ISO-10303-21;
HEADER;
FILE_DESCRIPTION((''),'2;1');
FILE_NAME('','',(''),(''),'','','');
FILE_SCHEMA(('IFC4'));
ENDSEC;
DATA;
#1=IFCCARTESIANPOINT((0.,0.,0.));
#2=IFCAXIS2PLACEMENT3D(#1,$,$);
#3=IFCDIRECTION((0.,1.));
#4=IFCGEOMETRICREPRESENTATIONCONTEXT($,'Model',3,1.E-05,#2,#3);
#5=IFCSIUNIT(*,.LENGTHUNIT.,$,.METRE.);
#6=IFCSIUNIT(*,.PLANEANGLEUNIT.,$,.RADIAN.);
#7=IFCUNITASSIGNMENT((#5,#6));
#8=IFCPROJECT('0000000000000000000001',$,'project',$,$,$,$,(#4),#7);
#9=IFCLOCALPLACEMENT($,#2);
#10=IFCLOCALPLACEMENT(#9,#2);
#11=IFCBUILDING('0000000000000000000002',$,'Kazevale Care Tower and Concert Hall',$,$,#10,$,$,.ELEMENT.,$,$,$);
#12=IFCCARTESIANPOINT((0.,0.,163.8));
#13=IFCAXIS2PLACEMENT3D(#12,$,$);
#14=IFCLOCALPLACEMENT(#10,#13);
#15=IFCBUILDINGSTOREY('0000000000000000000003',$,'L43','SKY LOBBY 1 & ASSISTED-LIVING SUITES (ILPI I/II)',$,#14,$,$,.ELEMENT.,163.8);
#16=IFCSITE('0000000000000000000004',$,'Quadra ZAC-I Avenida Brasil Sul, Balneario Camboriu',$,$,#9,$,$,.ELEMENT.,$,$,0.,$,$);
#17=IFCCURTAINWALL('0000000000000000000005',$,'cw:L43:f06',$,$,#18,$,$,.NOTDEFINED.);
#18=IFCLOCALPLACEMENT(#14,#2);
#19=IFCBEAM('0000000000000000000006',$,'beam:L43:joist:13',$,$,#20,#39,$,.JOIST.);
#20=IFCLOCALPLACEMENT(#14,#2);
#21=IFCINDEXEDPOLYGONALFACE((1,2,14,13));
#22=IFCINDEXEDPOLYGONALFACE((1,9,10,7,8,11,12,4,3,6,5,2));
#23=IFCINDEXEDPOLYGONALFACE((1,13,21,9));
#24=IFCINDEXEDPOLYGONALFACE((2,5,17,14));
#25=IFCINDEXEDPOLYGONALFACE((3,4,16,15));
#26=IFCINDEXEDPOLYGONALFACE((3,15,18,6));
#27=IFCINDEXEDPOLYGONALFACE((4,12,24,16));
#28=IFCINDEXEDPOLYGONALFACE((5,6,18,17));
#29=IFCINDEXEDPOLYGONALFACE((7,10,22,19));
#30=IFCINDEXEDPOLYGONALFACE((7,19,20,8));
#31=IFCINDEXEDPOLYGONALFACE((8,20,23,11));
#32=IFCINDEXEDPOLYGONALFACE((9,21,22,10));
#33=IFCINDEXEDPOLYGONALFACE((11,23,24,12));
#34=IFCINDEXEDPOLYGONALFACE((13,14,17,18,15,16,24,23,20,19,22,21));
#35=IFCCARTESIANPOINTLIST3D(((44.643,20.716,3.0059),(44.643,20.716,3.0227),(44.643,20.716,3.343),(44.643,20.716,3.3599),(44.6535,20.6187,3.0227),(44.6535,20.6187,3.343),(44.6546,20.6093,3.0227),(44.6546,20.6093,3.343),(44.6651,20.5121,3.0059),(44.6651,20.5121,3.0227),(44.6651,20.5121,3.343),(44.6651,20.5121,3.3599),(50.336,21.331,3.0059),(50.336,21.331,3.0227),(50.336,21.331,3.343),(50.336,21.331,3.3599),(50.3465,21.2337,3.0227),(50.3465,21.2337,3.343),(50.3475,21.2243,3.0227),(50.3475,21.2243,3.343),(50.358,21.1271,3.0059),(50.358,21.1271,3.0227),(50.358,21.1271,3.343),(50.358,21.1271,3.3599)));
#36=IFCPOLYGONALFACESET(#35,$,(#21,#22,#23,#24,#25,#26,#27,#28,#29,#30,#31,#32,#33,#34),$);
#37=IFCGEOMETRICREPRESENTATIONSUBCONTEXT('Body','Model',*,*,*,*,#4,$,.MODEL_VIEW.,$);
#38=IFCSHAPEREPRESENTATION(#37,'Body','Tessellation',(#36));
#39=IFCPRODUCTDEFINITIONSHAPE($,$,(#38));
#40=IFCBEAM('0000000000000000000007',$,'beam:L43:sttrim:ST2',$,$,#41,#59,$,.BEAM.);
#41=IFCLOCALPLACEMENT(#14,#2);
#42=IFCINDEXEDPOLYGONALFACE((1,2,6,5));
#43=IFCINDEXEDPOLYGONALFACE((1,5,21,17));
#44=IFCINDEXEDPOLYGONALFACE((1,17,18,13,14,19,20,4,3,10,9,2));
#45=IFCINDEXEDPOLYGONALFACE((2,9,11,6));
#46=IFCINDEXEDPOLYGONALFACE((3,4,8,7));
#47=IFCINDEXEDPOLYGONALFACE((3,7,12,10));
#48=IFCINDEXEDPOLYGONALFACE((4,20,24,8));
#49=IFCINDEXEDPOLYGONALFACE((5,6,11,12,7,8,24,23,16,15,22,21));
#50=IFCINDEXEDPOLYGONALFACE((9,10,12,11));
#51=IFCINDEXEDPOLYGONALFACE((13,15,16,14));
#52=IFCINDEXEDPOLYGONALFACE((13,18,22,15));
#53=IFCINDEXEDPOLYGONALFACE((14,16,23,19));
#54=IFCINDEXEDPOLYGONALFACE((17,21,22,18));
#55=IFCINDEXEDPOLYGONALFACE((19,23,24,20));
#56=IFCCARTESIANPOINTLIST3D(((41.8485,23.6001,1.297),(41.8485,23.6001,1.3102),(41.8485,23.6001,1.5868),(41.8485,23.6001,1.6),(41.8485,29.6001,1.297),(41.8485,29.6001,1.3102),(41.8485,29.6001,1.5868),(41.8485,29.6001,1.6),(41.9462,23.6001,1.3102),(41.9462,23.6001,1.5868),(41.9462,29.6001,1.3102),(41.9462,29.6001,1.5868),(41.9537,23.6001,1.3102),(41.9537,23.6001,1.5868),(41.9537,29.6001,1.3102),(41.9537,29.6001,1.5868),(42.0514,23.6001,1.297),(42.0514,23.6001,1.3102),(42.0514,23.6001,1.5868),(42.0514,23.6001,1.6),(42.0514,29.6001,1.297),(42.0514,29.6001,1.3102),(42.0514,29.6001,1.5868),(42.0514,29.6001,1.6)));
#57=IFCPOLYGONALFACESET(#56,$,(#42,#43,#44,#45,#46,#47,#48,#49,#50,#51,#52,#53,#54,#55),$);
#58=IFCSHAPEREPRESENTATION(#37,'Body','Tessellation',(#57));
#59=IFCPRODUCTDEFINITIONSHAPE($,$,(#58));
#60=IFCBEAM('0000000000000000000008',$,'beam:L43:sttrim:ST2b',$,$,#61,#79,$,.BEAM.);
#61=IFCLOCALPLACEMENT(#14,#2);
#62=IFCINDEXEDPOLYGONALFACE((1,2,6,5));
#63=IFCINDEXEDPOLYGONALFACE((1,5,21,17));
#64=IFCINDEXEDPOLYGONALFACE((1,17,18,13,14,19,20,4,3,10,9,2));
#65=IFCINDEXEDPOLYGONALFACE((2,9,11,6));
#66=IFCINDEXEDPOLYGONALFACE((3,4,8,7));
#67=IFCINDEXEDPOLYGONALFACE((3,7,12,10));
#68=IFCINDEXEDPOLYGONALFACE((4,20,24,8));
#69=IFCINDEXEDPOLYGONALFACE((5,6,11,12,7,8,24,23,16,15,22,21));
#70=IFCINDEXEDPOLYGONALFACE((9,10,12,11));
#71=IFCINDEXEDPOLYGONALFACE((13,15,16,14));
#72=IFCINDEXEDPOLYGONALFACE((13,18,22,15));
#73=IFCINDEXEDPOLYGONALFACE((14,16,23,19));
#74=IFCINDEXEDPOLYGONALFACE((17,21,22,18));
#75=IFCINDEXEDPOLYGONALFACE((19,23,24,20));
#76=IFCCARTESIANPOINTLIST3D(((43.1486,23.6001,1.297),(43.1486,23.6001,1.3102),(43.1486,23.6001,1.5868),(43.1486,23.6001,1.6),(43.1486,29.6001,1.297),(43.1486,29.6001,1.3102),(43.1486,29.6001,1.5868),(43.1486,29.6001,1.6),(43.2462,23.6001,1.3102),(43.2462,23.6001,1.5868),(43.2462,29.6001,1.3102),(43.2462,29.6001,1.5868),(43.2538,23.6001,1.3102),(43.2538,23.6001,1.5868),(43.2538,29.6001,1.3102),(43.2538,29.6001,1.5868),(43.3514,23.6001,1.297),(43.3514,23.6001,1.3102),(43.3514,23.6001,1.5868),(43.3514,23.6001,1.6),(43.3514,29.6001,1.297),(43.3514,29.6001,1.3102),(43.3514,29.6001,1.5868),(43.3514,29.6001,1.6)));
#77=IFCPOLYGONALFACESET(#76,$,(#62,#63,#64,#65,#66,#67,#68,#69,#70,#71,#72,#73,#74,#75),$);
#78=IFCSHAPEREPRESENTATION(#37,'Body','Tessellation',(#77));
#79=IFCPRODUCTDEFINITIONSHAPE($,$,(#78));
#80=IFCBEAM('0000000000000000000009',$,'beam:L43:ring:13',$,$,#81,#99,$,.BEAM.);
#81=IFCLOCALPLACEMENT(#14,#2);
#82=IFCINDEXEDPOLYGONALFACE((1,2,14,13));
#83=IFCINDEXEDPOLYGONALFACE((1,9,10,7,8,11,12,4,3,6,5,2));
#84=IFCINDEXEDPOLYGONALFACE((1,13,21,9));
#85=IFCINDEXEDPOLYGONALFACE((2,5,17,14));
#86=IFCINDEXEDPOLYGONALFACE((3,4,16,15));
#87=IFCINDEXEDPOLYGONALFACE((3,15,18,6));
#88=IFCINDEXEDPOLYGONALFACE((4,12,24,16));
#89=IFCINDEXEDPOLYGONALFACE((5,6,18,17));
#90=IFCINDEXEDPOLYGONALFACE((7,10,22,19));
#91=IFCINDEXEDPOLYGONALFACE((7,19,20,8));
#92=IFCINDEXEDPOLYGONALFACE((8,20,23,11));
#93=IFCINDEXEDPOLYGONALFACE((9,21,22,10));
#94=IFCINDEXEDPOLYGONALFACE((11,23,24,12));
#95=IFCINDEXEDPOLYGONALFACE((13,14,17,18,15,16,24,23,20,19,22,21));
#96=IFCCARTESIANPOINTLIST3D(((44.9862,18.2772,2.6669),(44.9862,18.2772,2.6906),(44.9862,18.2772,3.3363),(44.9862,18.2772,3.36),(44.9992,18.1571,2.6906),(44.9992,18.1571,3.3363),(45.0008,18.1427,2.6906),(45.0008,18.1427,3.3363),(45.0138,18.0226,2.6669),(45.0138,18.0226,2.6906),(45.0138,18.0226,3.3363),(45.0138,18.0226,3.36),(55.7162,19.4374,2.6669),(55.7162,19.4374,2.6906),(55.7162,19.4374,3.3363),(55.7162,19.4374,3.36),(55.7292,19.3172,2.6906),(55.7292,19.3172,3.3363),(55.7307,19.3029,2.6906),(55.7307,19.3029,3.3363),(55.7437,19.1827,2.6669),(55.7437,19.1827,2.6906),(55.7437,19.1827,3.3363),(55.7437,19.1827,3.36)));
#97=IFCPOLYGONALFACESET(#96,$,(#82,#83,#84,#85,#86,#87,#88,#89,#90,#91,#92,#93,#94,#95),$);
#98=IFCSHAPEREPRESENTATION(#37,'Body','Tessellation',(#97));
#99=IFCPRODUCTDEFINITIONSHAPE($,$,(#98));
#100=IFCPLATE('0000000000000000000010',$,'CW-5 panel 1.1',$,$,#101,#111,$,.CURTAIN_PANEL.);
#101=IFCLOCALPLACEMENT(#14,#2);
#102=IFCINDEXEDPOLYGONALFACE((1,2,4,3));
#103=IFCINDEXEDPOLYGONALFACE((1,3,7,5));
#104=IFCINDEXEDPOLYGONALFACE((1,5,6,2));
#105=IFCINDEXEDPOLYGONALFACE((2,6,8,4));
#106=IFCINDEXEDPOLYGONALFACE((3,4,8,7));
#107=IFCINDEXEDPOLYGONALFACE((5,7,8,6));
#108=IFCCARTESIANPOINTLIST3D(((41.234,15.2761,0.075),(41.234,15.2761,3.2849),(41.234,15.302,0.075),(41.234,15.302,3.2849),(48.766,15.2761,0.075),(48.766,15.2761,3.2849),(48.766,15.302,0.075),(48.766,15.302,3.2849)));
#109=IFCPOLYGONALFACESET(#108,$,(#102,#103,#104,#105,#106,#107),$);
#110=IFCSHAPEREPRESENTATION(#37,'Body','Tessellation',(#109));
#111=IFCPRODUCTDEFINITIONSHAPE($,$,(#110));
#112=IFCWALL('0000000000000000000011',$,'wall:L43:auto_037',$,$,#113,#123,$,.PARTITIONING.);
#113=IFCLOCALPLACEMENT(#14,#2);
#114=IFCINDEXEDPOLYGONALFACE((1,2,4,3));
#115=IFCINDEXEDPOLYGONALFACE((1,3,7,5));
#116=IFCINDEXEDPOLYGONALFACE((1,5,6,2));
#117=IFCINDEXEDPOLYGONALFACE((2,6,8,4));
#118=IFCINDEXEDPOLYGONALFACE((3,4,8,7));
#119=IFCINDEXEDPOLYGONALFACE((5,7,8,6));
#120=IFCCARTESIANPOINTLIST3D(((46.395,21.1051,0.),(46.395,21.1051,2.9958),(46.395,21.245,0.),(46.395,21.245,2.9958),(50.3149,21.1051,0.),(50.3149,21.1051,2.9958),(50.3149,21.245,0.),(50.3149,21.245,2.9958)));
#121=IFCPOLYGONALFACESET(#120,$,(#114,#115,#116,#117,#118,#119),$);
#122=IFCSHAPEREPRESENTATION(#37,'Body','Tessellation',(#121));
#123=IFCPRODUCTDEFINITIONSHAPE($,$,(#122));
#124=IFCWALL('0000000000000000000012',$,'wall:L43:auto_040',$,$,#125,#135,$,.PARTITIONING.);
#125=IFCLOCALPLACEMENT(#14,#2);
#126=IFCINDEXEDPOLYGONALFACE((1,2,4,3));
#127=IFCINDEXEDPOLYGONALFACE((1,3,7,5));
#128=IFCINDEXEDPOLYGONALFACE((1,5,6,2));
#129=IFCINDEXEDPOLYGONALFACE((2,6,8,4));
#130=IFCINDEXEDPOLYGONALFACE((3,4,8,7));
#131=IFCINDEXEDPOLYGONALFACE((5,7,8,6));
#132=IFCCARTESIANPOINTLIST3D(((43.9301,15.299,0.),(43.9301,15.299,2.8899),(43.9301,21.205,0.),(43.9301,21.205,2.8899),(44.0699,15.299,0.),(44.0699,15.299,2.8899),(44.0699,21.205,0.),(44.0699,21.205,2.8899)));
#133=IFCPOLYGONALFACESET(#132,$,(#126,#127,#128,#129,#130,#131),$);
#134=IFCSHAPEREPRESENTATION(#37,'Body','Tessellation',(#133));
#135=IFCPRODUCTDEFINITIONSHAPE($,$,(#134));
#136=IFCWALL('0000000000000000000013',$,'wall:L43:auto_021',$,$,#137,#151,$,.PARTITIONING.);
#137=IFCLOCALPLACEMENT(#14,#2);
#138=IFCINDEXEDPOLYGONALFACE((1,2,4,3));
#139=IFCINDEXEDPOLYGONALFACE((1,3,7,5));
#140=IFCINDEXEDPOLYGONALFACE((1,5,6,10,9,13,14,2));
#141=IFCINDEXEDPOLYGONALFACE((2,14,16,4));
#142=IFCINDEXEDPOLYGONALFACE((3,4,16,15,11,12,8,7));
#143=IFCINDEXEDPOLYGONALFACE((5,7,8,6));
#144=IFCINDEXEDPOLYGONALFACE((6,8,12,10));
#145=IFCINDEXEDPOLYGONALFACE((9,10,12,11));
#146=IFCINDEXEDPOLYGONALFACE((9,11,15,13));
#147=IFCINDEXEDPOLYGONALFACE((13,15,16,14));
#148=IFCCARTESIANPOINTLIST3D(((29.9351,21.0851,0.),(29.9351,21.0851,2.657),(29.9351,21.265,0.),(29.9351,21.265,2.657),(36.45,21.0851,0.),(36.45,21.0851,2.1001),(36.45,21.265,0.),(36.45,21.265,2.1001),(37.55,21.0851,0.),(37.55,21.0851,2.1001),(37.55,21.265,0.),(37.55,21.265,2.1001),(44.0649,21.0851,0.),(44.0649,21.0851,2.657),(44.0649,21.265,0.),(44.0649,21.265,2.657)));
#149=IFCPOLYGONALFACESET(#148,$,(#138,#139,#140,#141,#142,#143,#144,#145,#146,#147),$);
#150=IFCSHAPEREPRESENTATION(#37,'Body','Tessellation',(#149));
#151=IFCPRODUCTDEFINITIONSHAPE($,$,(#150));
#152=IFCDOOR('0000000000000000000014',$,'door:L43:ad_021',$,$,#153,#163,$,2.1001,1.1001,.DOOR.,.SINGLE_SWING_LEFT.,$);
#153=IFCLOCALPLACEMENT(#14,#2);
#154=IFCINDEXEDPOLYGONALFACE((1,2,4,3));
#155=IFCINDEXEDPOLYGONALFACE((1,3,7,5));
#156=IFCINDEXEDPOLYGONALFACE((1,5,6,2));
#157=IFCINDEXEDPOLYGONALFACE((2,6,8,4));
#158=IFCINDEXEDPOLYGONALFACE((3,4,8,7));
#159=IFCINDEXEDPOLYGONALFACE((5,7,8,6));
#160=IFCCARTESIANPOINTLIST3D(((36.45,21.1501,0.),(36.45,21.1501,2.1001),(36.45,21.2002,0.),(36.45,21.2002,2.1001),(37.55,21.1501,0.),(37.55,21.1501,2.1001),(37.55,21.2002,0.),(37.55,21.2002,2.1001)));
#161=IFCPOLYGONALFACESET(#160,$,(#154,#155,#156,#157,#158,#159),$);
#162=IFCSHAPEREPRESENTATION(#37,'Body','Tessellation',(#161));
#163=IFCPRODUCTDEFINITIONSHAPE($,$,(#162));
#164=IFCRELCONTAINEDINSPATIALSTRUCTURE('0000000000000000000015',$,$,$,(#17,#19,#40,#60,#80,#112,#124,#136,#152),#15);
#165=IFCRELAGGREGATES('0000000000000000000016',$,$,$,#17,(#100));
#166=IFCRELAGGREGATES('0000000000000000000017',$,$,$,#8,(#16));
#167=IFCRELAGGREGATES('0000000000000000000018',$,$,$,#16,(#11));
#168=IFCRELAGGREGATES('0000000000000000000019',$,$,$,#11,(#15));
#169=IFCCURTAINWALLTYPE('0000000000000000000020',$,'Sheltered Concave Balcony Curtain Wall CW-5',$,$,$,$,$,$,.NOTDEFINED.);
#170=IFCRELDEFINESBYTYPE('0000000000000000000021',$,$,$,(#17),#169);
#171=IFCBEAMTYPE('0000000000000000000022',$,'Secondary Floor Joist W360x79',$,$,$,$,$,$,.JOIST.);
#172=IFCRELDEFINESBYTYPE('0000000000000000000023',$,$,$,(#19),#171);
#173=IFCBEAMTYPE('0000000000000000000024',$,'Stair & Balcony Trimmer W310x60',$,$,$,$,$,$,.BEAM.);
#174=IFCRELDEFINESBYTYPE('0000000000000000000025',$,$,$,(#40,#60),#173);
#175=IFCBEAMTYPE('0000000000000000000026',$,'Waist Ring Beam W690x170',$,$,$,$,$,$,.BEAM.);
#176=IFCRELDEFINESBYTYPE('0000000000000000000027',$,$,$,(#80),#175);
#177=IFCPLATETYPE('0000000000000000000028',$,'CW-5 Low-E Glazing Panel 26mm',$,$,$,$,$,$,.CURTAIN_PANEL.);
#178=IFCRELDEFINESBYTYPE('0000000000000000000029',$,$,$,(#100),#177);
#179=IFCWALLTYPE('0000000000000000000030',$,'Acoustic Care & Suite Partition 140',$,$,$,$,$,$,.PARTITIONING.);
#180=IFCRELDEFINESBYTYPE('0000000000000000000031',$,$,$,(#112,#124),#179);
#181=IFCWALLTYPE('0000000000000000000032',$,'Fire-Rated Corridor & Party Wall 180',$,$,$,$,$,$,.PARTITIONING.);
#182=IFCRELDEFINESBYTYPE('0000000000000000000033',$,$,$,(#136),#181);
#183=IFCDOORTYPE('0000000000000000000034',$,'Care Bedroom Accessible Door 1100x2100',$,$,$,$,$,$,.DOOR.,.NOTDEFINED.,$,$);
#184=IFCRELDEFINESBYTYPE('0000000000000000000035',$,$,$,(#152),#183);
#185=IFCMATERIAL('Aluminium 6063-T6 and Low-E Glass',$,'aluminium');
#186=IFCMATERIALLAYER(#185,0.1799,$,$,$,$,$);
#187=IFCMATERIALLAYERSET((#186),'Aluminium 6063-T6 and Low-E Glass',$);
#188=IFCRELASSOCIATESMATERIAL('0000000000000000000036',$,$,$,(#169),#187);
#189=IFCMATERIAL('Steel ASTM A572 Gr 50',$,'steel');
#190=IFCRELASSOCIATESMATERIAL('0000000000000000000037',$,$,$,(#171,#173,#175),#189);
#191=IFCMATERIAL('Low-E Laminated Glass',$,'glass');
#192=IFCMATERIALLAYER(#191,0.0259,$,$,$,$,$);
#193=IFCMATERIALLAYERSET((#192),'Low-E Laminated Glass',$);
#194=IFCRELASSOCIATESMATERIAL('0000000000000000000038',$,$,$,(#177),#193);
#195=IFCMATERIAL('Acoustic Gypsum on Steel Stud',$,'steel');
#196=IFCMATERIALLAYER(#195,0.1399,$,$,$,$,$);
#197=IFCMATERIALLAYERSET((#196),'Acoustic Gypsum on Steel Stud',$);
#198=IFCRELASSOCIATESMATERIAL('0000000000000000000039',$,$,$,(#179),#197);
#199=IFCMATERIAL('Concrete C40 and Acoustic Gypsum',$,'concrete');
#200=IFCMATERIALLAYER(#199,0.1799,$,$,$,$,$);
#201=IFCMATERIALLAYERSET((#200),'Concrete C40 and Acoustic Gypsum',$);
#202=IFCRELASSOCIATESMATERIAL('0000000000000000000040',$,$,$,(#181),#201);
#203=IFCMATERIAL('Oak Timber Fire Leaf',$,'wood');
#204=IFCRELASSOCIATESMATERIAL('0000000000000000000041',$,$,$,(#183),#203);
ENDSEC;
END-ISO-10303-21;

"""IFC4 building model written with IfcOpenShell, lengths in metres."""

from ifc_helpers import new_model, si_unit, direction, frame, frame_2d, origin, origin_2d, place, context, subcontext, project, spatial, rectangle, i_section, extrude, material, layer, layer_set, material_profile, profile_set, type_object, element, fill, aggregate, save


model = new_model("IFC4")

# Units and contexts
model_context = context("Model", 3, precision=1e-05, world=origin(), true_north=direction((0.0, 1.0)))
body_context = subcontext(model_context, "Body", "Model", "MODEL_VIEW")
ifc_project = project(units=[si_unit("LENGTHUNIT", "METRE"), si_unit("PLANEANGLEUNIT", "RADIAN")], contexts=[model_context])

# Site, building, storey
site_placement = place(None, origin())
site = spatial("IfcSite", under=ifc_project, at=site_placement, Name="Quadra ZAC-I Avenida Brasil Sul, Balneario Camboriu", CompositionType="ELEMENT", RefElevation=0.0)
building_placement = place(site_placement, origin())
building = spatial("IfcBuilding", under=site, at=building_placement, Name="Kazevale Care Tower and Concert Hall", CompositionType="ELEMENT")
storey_placement = place(building_placement, frame((0.0, 0.0, 163.8)))
storey = spatial("IfcBuildingStorey", under=building, at=storey_placement, Name="L43", Description="SKY LOBBY 1 & ASSISTED-LIVING SUITES (ILPI I/II)", CompositionType="ELEMENT", Elevation=163.8)

# Curtain wall
ifc_material_1 = material(Name="Aluminium 6063-T6 and Low-E Glass", Category="aluminium")
ifc_layer_1 = layer(ifc_material_1, 0.1799)
ifc_layer_set_1 = layer_set([ifc_layer_1], Name="Aluminium 6063-T6 and Low-E Glass")
curtain_wall_type = type_object("IfcCurtainWallType", Name="Sheltered Concave Balcony Curtain Wall CW-5", PredefinedType="NOTDEFINED", material=ifc_layer_set_1)
curtain_wall_1_placement = place(storey_placement, origin())
curtain_wall_1 = element("IfcCurtainWall", 1, at=curtain_wall_1_placement, inside=storey, type_object=curtain_wall_type, Name="cw:L43:f06", PredefinedType="NOTDEFINED")

# Beams
ifc_material_2 = material(Name="Steel ASTM A572 Gr 50", Category="steel")
ifc_material_profile_1 = material_profile(ifc_material_2, i_section(OverallWidth=0.2051, OverallDepth=0.354, WebThickness=0.0095, FlangeThickness=0.0168, at=origin_2d()), Name="W360x79")
ifc_profile_set_1 = profile_set([ifc_material_profile_1], Name="Steel ASTM A572 Gr 50")
beam_type_1 = type_object("IfcBeamType", Name="Secondary Floor Joist W360x79", PredefinedType="JOIST", material=ifc_profile_set_1)
beam_1_placement = place(storey_placement, frame((44.6541, 20.614, 3.1829), z_axis=(0.994216, 0.107403, 0.0), x_axis=(-0.107403, 0.994216, 0.0)))
element("IfcBeam", 2, at=beam_1_placement, inside=storey, type_object=beam_type_1, Name="beam:L43:joist:13", PredefinedType="JOIST", context=body_context, shape_type="SweptSolid", body=[
    extrude(i_section(OverallWidth=0.2051, OverallDepth=0.354, WebThickness=0.0095, FlangeThickness=0.0168, at=origin_2d()), origin(), (0.0, 0.0, 1.0), 5.7261),
])
ifc_material_profile_2 = material_profile(ifc_material_2, i_section(OverallWidth=0.2029, OverallDepth=0.303, WebThickness=0.0076, FlangeThickness=0.0132, at=origin_2d()), Name="W310x60")
ifc_profile_set_2 = profile_set([ifc_material_profile_2], Name="Steel ASTM A572 Gr 50")
beam_type_2 = type_object("IfcBeamType", Name="Stair & Balcony Trimmer W310x60", PredefinedType="BEAM", material=ifc_profile_set_2)
for number, where, z_axis, x_axis, name in (
    (3, (41.95, 23.6001, 1.4485), (0.0, 1.0, 0.0), (-1.0, 0.0, 0.0), "beam:L43:sttrim:ST2"),
    (4, (43.25, 23.6001, 1.4485), (0.0, 1.0, 0.0), (-1.0, 0.0, 0.0), "beam:L43:sttrim:ST2b"),
):
    element("IfcBeam", number, at=place(storey_placement, frame(where, z_axis=z_axis, x_axis=x_axis)), inside=storey, type_object=beam_type_2, Name=name, PredefinedType="BEAM", context=body_context, shape_type="SweptSolid", body=[
        extrude(i_section(OverallWidth=0.2029, OverallDepth=0.303, WebThickness=0.0076, FlangeThickness=0.0132, at=origin_2d()), origin(), (0.0, 0.0, 1.0), 6.0),
    ])
ifc_material_profile_3 = material_profile(ifc_material_2, i_section(OverallWidth=0.2561, OverallDepth=0.6931, WebThickness=0.0144, FlangeThickness=0.0237, at=origin_2d()), Name="W690x170")
ifc_profile_set_3 = profile_set([ifc_material_profile_3], Name="Steel ASTM A572 Gr 50")
beam_type_3 = type_object("IfcBeamType", Name="Waist Ring Beam W690x170", PredefinedType="BEAM", material=ifc_profile_set_3)
beam_2_placement = place(storey_placement, frame((45.0, 18.1499, 3.0134), z_axis=(0.994205, 0.107496, 0.0), x_axis=(-0.107496, 0.994205, 0.0)))
element("IfcBeam", 5, at=beam_2_placement, inside=storey, type_object=beam_type_3, Name="beam:L43:ring:13", PredefinedType="BEAM", context=body_context, shape_type="SweptSolid", body=[
    extrude(i_section(OverallWidth=0.2561, OverallDepth=0.6931, WebThickness=0.0144, FlangeThickness=0.0237, at=origin_2d()), origin(), (0.0, 0.0, 1.0), 10.7925),
])

# Plate
ifc_material_3 = material(Name="Low-E Laminated Glass", Category="glass")
ifc_layer_2 = layer(ifc_material_3, 0.0259)
ifc_layer_set_2 = layer_set([ifc_layer_2], Name="Low-E Laminated Glass")
plate_type = type_object("IfcPlateType", Name="CW-5 Low-E Glazing Panel 26mm", PredefinedType="CURTAIN_PANEL", material=ifc_layer_set_2)
plate_placement = place(storey_placement, frame((45.0, 15.2891, 0.075), z_axis=(0.0, 0.0, 1.0), x_axis=(-1.0, 0.0, 0.0)))
plate = element("IfcPlate", 6, at=plate_placement, type_object=plate_type, Name="CW-5 panel 1.1", PredefinedType="CURTAIN_PANEL", context=body_context, shape_type="SweptSolid", body=[
    extrude(rectangle(XDim=7.532, YDim=0.0259, at=origin_2d()), origin(), (0.0, 0.0, 1.0), 3.21),
])
aggregate(curtain_wall_1, [plate])

# Walls
ifc_material_4 = material(Name="Acoustic Gypsum on Steel Stud", Category="steel")
ifc_layer_3 = layer(ifc_material_4, 0.1399)
ifc_layer_set_3 = layer_set([ifc_layer_3], Name="Acoustic Gypsum on Steel Stud")
wall_type_1 = type_object("IfcWallType", Name="Acoustic Care & Suite Partition 140", PredefinedType="PARTITIONING", material=ifc_layer_set_3)
wall_1_placement = place(storey_placement, frame((50.3149, 21.175, 0.0), z_axis=(0.0, 0.0, 1.0), x_axis=(-1.0, 0.0, 0.0)))
element("IfcWall", 7, at=wall_1_placement, inside=storey, type_object=wall_type_1, Name="wall:L43:auto_037", PredefinedType="PARTITIONING", context=body_context, shape_type="SweptSolid", body=[
    extrude(rectangle(XDim=3.9199, YDim=0.1399, at=frame_2d((1.96, 0.0))), origin(), (0.0, 0.0, 1.0), 2.9958),
])
wall_2_placement = place(storey_placement, frame((44.0, 21.2051, 0.0), z_axis=(0.0, 0.0, 1.0), x_axis=(0.0, -1.0, 0.0)))
element("IfcWall", 8, at=wall_2_placement, inside=storey, type_object=wall_type_1, Name="wall:L43:auto_040", PredefinedType="PARTITIONING", context=body_context, shape_type="SweptSolid", body=[
    extrude(rectangle(XDim=5.906, YDim=0.1399, at=frame_2d((2.9531, 0.0))), origin(), (0.0, 0.0, 1.0), 2.8899),
])

# Wall, opening, door
ifc_material_5 = material(Name="Concrete C40 and Acoustic Gypsum", Category="concrete")
ifc_layer_4 = layer(ifc_material_5, 0.1799)
ifc_layer_set_4 = layer_set([ifc_layer_4], Name="Concrete C40 and Acoustic Gypsum")
wall_type_2 = type_object("IfcWallType", Name="Fire-Rated Corridor & Party Wall 180", PredefinedType="PARTITIONING", material=ifc_layer_set_4)
wall_3_placement = place(storey_placement, frame((44.0649, 21.175, 0.0), z_axis=(0.0, 0.0, 1.0), x_axis=(-1.0, 0.0, 0.0)))
wall_3 = element("IfcWall", 9, at=wall_3_placement, inside=storey, type_object=wall_type_2, Name="wall:L43:auto_021", PredefinedType="PARTITIONING", context=body_context, shape_type="SweptSolid", body=[
    extrude(rectangle(XDim=14.1299, YDim=0.1799, at=frame_2d((7.0649, 0.0))), origin(), (0.0, 0.0, 1.0), 2.657),
])
opening_1_placement = place(wall_3_placement, frame((6.5149, 0.0, 0.0)))
opening_1 = element("IfcOpeningElement", 10, at=opening_1_placement, cuts=wall_3, PredefinedType="OPENING", context=body_context, shape_type="SweptSolid", body=[
    extrude(rectangle(XDim=1.1001, YDim=2.1001, at=frame_2d((0.55, 1.05))), frame((0.0, 0.0999, 0.0), z_axis=(0.0, -1.0, 0.0), x_axis=(1.0, 0.0, 0.0)), (0.0, 0.0, 1.0), 0.2),
])
ifc_material_6 = material(Name="Oak Timber Fire Leaf", Category="wood")
door_type_1 = type_object("IfcDoorType", Name="Care Bedroom Accessible Door 1100x2100", OperationType="NOTDEFINED", PredefinedType="DOOR", material=ifc_material_6)
door_1_placement = place(opening_1_placement, origin())
door_1 = element("IfcDoor", 11, at=door_1_placement, inside=storey, type_object=door_type_1, Name="door:L43:ad_021", OperationType="SINGLE_SWING_LEFT", OverallHeight=2.1001, OverallWidth=1.1001, PredefinedType="DOOR", context=body_context, shape_type="SweptSolid", body=[
    extrude(rectangle(XDim=1.1001, YDim=2.1001, at=frame_2d((0.55, 1.05))), frame((0.0, 0.0249, 0.0), z_axis=(0.0, -1.0, 0.0), x_axis=(1.0, 0.0, 0.0)), (0.0, 0.0, 1.0), 0.05),
])
fill(opening_1, door_1)

save(model, "model.ifc")
